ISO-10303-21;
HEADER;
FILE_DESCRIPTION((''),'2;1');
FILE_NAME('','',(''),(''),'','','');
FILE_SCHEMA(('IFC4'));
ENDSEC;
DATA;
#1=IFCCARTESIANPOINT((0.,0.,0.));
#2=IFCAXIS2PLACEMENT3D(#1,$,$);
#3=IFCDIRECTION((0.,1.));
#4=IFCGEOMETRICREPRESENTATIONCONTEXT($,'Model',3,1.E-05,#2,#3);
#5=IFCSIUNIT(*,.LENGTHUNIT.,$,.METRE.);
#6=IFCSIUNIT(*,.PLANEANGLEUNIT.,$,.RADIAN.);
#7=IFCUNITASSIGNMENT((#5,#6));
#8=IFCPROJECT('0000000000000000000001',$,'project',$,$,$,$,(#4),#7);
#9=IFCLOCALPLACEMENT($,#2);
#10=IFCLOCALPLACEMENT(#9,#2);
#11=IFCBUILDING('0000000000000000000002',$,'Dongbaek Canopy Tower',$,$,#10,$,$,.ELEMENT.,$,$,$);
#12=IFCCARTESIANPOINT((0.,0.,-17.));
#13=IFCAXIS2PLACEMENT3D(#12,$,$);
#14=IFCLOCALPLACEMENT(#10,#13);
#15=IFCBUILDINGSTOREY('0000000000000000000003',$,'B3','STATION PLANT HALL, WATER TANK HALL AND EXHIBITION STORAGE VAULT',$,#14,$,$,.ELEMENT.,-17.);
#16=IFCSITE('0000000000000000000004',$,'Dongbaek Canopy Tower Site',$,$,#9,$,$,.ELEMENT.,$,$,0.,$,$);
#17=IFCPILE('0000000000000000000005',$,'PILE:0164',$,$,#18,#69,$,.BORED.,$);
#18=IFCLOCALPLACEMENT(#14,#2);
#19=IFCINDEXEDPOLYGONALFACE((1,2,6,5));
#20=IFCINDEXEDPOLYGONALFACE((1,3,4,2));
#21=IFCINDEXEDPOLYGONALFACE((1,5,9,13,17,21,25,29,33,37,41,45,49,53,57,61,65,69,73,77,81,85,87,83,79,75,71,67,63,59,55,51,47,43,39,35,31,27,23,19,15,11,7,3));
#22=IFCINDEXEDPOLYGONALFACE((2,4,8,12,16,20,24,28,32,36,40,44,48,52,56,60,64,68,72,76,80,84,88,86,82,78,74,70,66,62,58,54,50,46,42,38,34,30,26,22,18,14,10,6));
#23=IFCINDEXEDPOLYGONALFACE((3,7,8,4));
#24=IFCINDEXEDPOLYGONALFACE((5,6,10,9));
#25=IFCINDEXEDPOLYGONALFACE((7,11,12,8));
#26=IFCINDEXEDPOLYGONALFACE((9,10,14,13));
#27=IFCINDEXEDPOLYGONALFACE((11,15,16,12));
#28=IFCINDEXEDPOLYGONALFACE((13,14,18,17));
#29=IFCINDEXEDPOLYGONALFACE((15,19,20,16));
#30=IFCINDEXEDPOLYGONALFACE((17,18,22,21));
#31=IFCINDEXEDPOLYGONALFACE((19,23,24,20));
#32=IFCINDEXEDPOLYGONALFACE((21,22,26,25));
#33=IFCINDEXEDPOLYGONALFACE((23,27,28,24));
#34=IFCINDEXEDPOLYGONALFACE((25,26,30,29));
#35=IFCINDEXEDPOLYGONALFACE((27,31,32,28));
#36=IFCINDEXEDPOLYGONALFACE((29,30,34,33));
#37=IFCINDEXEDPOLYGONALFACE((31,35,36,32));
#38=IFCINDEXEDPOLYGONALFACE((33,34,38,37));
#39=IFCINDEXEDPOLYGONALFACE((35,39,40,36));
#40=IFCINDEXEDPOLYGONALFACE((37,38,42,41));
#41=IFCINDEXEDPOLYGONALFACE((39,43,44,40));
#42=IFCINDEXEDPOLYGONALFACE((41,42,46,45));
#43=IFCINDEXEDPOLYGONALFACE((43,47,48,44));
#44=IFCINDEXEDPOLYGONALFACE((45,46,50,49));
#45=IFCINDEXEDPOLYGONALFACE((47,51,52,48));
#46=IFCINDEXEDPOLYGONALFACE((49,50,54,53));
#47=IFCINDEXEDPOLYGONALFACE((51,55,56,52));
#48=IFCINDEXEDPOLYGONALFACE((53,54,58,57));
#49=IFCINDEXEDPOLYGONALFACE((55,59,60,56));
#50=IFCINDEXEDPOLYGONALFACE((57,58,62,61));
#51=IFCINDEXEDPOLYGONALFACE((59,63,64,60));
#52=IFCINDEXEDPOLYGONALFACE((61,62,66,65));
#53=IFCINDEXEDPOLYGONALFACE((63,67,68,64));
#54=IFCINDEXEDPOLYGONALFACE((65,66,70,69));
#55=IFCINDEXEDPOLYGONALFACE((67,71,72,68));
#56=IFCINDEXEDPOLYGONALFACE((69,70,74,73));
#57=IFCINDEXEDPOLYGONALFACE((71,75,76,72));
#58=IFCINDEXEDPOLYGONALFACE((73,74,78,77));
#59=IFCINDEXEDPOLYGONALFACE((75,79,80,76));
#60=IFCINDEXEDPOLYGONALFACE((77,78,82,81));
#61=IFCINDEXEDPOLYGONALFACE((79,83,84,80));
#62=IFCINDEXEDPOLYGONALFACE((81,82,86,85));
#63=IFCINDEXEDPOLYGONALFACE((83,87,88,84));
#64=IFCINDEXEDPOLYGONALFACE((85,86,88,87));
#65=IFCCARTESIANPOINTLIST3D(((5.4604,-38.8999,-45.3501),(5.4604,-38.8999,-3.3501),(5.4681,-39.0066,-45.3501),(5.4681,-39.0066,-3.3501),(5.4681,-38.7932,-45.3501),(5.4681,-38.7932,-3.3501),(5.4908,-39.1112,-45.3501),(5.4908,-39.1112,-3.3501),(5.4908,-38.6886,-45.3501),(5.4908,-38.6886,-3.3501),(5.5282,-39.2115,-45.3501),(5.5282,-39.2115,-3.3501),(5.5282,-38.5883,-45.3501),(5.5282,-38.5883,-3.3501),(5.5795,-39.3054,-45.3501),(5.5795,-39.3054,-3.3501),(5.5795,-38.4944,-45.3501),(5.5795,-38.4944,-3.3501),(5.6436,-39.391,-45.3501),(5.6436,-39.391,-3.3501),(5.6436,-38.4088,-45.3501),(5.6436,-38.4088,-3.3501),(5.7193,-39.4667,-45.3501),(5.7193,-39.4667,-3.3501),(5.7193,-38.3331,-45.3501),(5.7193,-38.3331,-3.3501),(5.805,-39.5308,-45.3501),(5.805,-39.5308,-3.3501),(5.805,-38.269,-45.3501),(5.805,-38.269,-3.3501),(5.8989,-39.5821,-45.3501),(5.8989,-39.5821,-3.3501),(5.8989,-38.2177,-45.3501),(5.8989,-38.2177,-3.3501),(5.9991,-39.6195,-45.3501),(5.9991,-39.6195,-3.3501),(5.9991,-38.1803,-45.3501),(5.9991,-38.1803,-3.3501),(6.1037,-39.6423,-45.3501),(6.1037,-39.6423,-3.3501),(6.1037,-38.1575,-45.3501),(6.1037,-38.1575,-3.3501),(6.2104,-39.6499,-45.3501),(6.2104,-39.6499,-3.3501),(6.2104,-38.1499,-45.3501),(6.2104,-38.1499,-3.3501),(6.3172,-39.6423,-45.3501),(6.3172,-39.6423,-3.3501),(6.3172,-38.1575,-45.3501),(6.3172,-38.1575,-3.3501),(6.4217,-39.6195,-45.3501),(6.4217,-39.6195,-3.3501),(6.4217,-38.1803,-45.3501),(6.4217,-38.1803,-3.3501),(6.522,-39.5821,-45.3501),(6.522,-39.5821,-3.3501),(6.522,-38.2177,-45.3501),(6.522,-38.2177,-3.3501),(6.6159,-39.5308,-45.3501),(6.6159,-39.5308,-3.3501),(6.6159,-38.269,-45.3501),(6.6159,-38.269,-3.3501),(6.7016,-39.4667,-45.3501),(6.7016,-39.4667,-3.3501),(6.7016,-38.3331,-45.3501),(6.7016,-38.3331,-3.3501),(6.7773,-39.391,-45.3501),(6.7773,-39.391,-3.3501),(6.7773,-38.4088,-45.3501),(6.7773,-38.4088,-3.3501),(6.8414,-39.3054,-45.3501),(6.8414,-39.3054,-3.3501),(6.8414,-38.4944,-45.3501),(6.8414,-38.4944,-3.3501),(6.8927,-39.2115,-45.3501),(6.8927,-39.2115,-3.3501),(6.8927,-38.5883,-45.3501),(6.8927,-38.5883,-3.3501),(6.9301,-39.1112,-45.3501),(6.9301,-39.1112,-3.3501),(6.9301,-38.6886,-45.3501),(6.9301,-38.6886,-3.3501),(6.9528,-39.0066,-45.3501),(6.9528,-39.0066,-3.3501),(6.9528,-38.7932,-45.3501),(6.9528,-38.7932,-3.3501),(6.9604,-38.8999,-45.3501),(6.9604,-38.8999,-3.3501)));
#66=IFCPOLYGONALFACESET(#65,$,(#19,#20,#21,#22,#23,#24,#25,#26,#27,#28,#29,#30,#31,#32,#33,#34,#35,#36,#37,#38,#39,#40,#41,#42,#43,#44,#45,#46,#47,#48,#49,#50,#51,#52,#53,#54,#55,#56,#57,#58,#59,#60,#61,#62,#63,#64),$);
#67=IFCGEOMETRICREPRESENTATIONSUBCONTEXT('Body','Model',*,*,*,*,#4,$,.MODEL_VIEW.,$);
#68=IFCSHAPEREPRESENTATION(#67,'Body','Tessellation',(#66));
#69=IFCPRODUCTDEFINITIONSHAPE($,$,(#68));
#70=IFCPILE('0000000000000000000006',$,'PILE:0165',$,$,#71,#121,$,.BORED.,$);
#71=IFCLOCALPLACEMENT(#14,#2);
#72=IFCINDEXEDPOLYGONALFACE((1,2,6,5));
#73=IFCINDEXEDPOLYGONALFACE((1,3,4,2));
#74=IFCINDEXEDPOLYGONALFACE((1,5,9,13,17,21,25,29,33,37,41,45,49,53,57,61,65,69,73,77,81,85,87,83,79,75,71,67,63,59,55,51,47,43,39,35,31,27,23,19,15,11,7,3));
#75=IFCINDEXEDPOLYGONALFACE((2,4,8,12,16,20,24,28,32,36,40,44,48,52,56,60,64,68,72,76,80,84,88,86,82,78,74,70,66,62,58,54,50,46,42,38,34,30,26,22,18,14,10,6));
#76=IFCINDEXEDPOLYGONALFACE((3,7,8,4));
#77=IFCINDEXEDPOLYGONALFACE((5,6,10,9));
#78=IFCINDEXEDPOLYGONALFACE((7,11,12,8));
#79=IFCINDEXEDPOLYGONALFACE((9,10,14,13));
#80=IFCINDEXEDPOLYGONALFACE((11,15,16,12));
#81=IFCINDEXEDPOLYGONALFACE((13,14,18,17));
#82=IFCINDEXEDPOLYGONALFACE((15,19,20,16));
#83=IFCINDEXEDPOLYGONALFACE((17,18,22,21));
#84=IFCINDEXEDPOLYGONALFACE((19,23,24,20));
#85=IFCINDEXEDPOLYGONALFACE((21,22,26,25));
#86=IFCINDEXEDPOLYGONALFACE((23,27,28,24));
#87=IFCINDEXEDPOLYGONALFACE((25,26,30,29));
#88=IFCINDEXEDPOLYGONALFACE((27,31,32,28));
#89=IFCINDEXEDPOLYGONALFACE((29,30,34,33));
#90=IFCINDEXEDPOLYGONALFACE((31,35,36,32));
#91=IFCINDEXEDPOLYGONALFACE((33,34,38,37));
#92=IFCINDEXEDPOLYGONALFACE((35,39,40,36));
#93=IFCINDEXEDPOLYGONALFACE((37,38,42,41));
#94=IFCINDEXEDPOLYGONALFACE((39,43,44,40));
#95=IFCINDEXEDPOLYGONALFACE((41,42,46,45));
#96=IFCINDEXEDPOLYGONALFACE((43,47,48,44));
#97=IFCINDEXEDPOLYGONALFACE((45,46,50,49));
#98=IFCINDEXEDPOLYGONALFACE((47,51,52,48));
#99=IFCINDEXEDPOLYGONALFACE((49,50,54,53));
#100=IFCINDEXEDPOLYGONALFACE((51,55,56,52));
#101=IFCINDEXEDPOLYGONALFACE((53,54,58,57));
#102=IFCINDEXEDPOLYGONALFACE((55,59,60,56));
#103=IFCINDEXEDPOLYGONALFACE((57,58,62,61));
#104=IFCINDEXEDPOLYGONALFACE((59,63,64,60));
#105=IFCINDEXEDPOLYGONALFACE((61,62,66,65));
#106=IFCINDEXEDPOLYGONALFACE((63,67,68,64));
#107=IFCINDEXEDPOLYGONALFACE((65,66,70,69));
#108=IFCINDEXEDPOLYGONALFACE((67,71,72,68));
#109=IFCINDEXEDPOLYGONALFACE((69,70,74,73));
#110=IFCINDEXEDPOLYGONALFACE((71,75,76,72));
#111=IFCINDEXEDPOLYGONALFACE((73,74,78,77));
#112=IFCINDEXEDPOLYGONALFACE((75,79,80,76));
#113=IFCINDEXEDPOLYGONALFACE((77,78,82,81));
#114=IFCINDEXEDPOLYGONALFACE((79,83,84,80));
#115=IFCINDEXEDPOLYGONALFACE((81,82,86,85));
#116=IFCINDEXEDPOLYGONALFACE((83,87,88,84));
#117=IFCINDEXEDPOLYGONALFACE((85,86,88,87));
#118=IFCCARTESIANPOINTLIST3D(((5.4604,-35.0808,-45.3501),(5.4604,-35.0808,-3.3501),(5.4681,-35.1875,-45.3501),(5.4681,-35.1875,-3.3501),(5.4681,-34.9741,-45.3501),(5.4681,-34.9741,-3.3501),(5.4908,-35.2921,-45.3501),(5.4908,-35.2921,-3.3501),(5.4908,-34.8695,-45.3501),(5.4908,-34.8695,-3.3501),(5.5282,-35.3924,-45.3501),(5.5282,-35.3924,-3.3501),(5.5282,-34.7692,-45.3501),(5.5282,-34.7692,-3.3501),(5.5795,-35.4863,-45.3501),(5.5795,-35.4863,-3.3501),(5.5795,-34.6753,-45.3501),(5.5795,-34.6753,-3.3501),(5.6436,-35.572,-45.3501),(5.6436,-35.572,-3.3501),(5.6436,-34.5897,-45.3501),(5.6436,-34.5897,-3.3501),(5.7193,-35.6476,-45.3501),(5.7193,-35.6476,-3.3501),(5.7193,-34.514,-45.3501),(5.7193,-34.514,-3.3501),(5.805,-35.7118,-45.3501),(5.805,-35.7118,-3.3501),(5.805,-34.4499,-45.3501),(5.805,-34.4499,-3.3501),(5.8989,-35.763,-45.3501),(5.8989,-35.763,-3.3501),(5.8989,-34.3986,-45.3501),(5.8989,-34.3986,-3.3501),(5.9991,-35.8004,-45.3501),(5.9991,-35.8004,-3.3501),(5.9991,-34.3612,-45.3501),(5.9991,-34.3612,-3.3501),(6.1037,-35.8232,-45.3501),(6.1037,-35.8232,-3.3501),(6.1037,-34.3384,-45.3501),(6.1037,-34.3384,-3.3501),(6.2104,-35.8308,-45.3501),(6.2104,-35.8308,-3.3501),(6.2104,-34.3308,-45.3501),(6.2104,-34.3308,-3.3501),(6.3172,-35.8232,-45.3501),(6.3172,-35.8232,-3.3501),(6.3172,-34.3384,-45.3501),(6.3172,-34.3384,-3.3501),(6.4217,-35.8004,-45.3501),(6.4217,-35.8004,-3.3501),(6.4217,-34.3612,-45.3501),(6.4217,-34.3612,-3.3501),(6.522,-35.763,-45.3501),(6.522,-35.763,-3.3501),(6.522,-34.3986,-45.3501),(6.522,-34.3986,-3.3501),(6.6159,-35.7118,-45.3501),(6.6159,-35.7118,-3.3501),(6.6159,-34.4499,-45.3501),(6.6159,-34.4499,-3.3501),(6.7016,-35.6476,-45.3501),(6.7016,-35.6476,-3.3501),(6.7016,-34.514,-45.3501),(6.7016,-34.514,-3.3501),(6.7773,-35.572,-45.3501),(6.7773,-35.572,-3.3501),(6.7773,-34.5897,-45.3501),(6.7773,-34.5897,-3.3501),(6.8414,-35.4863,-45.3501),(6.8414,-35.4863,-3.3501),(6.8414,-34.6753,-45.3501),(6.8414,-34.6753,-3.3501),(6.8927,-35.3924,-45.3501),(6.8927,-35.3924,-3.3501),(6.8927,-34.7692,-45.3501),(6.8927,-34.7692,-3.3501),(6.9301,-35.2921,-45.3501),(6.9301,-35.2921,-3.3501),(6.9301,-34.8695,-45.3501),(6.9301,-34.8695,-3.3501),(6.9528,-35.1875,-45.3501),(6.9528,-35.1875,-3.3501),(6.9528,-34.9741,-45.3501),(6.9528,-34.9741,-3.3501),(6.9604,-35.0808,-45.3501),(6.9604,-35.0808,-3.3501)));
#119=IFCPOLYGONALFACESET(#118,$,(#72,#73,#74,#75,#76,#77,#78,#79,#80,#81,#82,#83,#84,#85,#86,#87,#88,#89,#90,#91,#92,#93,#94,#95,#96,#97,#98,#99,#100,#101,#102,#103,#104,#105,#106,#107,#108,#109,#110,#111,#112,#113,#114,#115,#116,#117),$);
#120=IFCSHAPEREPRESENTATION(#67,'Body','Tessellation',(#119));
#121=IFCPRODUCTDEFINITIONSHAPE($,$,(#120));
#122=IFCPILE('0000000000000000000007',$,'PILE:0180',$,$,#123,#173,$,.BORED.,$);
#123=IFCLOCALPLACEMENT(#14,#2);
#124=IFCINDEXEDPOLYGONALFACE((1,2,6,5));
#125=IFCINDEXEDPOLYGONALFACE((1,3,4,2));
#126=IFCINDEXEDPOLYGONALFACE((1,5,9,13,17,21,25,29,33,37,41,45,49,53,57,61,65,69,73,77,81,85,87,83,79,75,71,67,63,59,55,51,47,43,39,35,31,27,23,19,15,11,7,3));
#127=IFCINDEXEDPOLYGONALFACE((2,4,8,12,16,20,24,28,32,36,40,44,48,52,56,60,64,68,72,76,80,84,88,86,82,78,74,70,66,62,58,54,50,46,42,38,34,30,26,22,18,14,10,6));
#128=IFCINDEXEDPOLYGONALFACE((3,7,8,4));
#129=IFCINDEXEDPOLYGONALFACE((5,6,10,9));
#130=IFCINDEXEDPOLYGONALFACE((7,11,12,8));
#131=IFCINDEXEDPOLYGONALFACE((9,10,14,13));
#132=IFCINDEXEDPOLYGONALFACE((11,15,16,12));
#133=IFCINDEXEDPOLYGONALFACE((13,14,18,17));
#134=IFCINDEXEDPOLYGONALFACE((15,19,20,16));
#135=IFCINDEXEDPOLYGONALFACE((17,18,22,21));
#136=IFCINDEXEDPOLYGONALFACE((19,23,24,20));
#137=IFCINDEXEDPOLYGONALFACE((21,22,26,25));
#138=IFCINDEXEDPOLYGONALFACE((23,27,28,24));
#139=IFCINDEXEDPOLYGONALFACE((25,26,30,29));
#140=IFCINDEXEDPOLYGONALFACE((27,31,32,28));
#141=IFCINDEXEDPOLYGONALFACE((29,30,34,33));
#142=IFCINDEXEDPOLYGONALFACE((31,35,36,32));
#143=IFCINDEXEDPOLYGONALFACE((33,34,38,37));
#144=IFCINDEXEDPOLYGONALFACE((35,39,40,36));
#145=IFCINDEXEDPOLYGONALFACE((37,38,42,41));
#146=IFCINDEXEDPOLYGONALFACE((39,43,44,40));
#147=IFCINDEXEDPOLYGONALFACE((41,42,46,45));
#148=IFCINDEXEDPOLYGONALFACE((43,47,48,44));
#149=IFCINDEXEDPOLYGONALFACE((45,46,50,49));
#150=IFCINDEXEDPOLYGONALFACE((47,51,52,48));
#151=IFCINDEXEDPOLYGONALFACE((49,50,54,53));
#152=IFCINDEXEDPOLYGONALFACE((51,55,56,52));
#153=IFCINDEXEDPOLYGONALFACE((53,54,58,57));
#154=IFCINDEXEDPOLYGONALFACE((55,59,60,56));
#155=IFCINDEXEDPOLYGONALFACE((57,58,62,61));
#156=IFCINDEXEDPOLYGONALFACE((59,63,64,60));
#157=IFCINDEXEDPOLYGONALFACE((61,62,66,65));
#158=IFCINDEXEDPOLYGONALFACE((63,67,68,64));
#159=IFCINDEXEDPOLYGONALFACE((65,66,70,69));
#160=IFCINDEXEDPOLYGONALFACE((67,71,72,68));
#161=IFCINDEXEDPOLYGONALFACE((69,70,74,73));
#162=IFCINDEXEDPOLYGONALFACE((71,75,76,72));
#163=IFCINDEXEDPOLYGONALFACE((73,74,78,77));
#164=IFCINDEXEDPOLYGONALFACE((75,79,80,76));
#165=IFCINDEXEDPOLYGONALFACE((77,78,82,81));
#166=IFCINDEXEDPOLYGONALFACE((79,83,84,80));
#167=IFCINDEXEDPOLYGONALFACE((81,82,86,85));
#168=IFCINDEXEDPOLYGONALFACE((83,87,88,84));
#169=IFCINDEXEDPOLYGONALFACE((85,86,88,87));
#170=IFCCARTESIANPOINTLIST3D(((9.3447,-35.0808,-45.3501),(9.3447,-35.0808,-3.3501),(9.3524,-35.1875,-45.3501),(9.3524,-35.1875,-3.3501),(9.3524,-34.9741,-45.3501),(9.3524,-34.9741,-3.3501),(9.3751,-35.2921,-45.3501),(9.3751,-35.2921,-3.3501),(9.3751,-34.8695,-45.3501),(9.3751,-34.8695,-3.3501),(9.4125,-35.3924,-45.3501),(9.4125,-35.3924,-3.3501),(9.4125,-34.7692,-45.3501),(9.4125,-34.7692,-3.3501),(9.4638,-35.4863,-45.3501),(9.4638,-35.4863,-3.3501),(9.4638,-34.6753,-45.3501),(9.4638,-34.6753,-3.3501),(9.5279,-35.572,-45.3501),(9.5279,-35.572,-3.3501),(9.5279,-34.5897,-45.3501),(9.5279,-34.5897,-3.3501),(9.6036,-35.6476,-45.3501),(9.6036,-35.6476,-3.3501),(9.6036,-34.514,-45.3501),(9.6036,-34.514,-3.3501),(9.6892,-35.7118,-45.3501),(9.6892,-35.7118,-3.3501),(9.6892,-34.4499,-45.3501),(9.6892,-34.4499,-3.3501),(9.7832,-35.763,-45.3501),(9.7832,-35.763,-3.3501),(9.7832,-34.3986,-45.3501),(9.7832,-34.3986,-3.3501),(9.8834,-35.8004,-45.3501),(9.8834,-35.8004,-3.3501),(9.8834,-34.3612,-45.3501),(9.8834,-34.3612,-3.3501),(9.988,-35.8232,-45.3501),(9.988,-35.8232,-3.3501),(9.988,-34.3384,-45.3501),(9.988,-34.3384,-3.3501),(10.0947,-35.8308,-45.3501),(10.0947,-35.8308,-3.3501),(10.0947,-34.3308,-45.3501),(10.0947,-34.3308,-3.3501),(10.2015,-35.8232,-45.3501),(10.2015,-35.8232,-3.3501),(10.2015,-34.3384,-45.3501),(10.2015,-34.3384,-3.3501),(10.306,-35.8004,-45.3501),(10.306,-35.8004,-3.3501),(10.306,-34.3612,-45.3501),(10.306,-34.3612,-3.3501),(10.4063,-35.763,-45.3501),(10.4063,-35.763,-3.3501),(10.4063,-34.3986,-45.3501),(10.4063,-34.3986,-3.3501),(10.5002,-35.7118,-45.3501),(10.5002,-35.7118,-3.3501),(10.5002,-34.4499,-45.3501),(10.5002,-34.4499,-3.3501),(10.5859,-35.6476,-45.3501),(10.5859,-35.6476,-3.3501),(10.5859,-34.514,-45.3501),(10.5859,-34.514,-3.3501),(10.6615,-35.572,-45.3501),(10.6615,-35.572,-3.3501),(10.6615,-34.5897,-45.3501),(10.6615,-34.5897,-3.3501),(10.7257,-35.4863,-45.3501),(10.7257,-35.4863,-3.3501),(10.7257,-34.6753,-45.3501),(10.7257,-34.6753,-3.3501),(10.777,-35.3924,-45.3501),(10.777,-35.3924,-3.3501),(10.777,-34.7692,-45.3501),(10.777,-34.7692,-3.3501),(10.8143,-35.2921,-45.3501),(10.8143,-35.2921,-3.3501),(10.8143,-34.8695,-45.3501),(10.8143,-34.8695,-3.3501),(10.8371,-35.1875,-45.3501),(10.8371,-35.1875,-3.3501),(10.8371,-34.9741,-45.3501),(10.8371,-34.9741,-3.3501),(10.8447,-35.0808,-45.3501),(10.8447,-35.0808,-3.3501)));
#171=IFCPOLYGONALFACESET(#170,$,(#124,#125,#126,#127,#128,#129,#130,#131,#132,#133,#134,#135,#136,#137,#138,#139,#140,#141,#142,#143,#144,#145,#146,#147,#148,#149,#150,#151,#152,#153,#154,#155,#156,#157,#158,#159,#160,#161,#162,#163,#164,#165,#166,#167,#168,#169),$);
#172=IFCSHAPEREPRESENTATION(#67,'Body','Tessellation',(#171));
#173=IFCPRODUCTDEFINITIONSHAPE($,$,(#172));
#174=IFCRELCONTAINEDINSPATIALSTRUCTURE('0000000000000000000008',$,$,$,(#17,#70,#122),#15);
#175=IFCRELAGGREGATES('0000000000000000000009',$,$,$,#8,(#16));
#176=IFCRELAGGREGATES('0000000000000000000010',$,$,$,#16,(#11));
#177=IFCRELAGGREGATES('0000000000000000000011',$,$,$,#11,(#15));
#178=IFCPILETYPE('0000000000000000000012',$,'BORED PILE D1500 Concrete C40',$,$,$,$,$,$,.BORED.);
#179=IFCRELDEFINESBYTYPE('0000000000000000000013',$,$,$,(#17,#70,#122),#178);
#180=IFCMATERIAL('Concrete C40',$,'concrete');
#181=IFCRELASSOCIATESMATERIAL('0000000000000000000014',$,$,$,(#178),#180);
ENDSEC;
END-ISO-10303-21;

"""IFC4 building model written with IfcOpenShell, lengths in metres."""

from ifc_helpers import new_model, si_unit, direction, frame, origin, origin_2d, place, context, subcontext, project, spatial, circle, extrude, material, material_profile, profile_set, type_object, element, save


model = new_model("IFC4")

# Units and contexts
model_context = context("Model", 3, precision=1e-05, world=origin(), true_north=direction((0.0, 1.0)))
body_context = subcontext(model_context, "Body", "Model", "MODEL_VIEW")
ifc_project = project(units=[si_unit("LENGTHUNIT", "METRE"), si_unit("PLANEANGLEUNIT", "RADIAN")], contexts=[model_context])

# Site, building, storey
site_placement = place(None, origin())
site = spatial("IfcSite", under=ifc_project, at=site_placement, Name="Dongbaek Canopy Tower Site", CompositionType="ELEMENT", RefElevation=0.0)
building_placement = place(site_placement, origin())
building = spatial("IfcBuilding", under=site, at=building_placement, Name="Dongbaek Canopy Tower", CompositionType="ELEMENT")
storey_placement = place(building_placement, frame((0.0, 0.0, -17.0)))
storey = spatial("IfcBuildingStorey", under=building, at=storey_placement, Name="B3", Description="STATION PLANT HALL, WATER TANK HALL AND EXHIBITION STORAGE VAULT", CompositionType="ELEMENT", Elevation=-17.0)

# Piles
ifc_material_1 = material(Name="Concrete C40", Category="concrete")
ifc_material_profile_1 = material_profile(ifc_material_1, circle(Radius=0.75, at=origin_2d()), Name="BORED PILE D1500 Concrete C40")
ifc_profile_set_1 = profile_set([ifc_material_profile_1], Name="Concrete C40")
pile_type = type_object("IfcPileType", Name="BORED PILE D1500 Concrete C40", PredefinedType="BORED", material=ifc_profile_set_1)
for number, where, z_axis, x_axis, name in (
    (1, (6.2104, -38.8999, -3.3501), (0.0, 0.0, -1.0), (1.0, 0.0, 0.0), "PILE:0164"),
    (2, (6.2104, -35.0808, -3.3501), (0.0, 0.0, -1.0), (1.0, 0.0, 0.0), "PILE:0165"),
    (3, (10.0947, -35.0808, -3.3501), (0.0, 0.0, -1.0), (1.0, 0.0, 0.0), "PILE:0180"),
):
    element("IfcPile", number, at=place(storey_placement, frame(where, z_axis=z_axis, x_axis=x_axis)), inside=storey, type_object=pile_type, Name=name, PredefinedType="BORED", context=body_context, shape_type="SweptSolid", body=[
        extrude(circle(Radius=0.75, at=origin_2d()), origin(), (0.0, 0.0, 1.0), 42.0),
    ])

save(model, "model.ifc")
